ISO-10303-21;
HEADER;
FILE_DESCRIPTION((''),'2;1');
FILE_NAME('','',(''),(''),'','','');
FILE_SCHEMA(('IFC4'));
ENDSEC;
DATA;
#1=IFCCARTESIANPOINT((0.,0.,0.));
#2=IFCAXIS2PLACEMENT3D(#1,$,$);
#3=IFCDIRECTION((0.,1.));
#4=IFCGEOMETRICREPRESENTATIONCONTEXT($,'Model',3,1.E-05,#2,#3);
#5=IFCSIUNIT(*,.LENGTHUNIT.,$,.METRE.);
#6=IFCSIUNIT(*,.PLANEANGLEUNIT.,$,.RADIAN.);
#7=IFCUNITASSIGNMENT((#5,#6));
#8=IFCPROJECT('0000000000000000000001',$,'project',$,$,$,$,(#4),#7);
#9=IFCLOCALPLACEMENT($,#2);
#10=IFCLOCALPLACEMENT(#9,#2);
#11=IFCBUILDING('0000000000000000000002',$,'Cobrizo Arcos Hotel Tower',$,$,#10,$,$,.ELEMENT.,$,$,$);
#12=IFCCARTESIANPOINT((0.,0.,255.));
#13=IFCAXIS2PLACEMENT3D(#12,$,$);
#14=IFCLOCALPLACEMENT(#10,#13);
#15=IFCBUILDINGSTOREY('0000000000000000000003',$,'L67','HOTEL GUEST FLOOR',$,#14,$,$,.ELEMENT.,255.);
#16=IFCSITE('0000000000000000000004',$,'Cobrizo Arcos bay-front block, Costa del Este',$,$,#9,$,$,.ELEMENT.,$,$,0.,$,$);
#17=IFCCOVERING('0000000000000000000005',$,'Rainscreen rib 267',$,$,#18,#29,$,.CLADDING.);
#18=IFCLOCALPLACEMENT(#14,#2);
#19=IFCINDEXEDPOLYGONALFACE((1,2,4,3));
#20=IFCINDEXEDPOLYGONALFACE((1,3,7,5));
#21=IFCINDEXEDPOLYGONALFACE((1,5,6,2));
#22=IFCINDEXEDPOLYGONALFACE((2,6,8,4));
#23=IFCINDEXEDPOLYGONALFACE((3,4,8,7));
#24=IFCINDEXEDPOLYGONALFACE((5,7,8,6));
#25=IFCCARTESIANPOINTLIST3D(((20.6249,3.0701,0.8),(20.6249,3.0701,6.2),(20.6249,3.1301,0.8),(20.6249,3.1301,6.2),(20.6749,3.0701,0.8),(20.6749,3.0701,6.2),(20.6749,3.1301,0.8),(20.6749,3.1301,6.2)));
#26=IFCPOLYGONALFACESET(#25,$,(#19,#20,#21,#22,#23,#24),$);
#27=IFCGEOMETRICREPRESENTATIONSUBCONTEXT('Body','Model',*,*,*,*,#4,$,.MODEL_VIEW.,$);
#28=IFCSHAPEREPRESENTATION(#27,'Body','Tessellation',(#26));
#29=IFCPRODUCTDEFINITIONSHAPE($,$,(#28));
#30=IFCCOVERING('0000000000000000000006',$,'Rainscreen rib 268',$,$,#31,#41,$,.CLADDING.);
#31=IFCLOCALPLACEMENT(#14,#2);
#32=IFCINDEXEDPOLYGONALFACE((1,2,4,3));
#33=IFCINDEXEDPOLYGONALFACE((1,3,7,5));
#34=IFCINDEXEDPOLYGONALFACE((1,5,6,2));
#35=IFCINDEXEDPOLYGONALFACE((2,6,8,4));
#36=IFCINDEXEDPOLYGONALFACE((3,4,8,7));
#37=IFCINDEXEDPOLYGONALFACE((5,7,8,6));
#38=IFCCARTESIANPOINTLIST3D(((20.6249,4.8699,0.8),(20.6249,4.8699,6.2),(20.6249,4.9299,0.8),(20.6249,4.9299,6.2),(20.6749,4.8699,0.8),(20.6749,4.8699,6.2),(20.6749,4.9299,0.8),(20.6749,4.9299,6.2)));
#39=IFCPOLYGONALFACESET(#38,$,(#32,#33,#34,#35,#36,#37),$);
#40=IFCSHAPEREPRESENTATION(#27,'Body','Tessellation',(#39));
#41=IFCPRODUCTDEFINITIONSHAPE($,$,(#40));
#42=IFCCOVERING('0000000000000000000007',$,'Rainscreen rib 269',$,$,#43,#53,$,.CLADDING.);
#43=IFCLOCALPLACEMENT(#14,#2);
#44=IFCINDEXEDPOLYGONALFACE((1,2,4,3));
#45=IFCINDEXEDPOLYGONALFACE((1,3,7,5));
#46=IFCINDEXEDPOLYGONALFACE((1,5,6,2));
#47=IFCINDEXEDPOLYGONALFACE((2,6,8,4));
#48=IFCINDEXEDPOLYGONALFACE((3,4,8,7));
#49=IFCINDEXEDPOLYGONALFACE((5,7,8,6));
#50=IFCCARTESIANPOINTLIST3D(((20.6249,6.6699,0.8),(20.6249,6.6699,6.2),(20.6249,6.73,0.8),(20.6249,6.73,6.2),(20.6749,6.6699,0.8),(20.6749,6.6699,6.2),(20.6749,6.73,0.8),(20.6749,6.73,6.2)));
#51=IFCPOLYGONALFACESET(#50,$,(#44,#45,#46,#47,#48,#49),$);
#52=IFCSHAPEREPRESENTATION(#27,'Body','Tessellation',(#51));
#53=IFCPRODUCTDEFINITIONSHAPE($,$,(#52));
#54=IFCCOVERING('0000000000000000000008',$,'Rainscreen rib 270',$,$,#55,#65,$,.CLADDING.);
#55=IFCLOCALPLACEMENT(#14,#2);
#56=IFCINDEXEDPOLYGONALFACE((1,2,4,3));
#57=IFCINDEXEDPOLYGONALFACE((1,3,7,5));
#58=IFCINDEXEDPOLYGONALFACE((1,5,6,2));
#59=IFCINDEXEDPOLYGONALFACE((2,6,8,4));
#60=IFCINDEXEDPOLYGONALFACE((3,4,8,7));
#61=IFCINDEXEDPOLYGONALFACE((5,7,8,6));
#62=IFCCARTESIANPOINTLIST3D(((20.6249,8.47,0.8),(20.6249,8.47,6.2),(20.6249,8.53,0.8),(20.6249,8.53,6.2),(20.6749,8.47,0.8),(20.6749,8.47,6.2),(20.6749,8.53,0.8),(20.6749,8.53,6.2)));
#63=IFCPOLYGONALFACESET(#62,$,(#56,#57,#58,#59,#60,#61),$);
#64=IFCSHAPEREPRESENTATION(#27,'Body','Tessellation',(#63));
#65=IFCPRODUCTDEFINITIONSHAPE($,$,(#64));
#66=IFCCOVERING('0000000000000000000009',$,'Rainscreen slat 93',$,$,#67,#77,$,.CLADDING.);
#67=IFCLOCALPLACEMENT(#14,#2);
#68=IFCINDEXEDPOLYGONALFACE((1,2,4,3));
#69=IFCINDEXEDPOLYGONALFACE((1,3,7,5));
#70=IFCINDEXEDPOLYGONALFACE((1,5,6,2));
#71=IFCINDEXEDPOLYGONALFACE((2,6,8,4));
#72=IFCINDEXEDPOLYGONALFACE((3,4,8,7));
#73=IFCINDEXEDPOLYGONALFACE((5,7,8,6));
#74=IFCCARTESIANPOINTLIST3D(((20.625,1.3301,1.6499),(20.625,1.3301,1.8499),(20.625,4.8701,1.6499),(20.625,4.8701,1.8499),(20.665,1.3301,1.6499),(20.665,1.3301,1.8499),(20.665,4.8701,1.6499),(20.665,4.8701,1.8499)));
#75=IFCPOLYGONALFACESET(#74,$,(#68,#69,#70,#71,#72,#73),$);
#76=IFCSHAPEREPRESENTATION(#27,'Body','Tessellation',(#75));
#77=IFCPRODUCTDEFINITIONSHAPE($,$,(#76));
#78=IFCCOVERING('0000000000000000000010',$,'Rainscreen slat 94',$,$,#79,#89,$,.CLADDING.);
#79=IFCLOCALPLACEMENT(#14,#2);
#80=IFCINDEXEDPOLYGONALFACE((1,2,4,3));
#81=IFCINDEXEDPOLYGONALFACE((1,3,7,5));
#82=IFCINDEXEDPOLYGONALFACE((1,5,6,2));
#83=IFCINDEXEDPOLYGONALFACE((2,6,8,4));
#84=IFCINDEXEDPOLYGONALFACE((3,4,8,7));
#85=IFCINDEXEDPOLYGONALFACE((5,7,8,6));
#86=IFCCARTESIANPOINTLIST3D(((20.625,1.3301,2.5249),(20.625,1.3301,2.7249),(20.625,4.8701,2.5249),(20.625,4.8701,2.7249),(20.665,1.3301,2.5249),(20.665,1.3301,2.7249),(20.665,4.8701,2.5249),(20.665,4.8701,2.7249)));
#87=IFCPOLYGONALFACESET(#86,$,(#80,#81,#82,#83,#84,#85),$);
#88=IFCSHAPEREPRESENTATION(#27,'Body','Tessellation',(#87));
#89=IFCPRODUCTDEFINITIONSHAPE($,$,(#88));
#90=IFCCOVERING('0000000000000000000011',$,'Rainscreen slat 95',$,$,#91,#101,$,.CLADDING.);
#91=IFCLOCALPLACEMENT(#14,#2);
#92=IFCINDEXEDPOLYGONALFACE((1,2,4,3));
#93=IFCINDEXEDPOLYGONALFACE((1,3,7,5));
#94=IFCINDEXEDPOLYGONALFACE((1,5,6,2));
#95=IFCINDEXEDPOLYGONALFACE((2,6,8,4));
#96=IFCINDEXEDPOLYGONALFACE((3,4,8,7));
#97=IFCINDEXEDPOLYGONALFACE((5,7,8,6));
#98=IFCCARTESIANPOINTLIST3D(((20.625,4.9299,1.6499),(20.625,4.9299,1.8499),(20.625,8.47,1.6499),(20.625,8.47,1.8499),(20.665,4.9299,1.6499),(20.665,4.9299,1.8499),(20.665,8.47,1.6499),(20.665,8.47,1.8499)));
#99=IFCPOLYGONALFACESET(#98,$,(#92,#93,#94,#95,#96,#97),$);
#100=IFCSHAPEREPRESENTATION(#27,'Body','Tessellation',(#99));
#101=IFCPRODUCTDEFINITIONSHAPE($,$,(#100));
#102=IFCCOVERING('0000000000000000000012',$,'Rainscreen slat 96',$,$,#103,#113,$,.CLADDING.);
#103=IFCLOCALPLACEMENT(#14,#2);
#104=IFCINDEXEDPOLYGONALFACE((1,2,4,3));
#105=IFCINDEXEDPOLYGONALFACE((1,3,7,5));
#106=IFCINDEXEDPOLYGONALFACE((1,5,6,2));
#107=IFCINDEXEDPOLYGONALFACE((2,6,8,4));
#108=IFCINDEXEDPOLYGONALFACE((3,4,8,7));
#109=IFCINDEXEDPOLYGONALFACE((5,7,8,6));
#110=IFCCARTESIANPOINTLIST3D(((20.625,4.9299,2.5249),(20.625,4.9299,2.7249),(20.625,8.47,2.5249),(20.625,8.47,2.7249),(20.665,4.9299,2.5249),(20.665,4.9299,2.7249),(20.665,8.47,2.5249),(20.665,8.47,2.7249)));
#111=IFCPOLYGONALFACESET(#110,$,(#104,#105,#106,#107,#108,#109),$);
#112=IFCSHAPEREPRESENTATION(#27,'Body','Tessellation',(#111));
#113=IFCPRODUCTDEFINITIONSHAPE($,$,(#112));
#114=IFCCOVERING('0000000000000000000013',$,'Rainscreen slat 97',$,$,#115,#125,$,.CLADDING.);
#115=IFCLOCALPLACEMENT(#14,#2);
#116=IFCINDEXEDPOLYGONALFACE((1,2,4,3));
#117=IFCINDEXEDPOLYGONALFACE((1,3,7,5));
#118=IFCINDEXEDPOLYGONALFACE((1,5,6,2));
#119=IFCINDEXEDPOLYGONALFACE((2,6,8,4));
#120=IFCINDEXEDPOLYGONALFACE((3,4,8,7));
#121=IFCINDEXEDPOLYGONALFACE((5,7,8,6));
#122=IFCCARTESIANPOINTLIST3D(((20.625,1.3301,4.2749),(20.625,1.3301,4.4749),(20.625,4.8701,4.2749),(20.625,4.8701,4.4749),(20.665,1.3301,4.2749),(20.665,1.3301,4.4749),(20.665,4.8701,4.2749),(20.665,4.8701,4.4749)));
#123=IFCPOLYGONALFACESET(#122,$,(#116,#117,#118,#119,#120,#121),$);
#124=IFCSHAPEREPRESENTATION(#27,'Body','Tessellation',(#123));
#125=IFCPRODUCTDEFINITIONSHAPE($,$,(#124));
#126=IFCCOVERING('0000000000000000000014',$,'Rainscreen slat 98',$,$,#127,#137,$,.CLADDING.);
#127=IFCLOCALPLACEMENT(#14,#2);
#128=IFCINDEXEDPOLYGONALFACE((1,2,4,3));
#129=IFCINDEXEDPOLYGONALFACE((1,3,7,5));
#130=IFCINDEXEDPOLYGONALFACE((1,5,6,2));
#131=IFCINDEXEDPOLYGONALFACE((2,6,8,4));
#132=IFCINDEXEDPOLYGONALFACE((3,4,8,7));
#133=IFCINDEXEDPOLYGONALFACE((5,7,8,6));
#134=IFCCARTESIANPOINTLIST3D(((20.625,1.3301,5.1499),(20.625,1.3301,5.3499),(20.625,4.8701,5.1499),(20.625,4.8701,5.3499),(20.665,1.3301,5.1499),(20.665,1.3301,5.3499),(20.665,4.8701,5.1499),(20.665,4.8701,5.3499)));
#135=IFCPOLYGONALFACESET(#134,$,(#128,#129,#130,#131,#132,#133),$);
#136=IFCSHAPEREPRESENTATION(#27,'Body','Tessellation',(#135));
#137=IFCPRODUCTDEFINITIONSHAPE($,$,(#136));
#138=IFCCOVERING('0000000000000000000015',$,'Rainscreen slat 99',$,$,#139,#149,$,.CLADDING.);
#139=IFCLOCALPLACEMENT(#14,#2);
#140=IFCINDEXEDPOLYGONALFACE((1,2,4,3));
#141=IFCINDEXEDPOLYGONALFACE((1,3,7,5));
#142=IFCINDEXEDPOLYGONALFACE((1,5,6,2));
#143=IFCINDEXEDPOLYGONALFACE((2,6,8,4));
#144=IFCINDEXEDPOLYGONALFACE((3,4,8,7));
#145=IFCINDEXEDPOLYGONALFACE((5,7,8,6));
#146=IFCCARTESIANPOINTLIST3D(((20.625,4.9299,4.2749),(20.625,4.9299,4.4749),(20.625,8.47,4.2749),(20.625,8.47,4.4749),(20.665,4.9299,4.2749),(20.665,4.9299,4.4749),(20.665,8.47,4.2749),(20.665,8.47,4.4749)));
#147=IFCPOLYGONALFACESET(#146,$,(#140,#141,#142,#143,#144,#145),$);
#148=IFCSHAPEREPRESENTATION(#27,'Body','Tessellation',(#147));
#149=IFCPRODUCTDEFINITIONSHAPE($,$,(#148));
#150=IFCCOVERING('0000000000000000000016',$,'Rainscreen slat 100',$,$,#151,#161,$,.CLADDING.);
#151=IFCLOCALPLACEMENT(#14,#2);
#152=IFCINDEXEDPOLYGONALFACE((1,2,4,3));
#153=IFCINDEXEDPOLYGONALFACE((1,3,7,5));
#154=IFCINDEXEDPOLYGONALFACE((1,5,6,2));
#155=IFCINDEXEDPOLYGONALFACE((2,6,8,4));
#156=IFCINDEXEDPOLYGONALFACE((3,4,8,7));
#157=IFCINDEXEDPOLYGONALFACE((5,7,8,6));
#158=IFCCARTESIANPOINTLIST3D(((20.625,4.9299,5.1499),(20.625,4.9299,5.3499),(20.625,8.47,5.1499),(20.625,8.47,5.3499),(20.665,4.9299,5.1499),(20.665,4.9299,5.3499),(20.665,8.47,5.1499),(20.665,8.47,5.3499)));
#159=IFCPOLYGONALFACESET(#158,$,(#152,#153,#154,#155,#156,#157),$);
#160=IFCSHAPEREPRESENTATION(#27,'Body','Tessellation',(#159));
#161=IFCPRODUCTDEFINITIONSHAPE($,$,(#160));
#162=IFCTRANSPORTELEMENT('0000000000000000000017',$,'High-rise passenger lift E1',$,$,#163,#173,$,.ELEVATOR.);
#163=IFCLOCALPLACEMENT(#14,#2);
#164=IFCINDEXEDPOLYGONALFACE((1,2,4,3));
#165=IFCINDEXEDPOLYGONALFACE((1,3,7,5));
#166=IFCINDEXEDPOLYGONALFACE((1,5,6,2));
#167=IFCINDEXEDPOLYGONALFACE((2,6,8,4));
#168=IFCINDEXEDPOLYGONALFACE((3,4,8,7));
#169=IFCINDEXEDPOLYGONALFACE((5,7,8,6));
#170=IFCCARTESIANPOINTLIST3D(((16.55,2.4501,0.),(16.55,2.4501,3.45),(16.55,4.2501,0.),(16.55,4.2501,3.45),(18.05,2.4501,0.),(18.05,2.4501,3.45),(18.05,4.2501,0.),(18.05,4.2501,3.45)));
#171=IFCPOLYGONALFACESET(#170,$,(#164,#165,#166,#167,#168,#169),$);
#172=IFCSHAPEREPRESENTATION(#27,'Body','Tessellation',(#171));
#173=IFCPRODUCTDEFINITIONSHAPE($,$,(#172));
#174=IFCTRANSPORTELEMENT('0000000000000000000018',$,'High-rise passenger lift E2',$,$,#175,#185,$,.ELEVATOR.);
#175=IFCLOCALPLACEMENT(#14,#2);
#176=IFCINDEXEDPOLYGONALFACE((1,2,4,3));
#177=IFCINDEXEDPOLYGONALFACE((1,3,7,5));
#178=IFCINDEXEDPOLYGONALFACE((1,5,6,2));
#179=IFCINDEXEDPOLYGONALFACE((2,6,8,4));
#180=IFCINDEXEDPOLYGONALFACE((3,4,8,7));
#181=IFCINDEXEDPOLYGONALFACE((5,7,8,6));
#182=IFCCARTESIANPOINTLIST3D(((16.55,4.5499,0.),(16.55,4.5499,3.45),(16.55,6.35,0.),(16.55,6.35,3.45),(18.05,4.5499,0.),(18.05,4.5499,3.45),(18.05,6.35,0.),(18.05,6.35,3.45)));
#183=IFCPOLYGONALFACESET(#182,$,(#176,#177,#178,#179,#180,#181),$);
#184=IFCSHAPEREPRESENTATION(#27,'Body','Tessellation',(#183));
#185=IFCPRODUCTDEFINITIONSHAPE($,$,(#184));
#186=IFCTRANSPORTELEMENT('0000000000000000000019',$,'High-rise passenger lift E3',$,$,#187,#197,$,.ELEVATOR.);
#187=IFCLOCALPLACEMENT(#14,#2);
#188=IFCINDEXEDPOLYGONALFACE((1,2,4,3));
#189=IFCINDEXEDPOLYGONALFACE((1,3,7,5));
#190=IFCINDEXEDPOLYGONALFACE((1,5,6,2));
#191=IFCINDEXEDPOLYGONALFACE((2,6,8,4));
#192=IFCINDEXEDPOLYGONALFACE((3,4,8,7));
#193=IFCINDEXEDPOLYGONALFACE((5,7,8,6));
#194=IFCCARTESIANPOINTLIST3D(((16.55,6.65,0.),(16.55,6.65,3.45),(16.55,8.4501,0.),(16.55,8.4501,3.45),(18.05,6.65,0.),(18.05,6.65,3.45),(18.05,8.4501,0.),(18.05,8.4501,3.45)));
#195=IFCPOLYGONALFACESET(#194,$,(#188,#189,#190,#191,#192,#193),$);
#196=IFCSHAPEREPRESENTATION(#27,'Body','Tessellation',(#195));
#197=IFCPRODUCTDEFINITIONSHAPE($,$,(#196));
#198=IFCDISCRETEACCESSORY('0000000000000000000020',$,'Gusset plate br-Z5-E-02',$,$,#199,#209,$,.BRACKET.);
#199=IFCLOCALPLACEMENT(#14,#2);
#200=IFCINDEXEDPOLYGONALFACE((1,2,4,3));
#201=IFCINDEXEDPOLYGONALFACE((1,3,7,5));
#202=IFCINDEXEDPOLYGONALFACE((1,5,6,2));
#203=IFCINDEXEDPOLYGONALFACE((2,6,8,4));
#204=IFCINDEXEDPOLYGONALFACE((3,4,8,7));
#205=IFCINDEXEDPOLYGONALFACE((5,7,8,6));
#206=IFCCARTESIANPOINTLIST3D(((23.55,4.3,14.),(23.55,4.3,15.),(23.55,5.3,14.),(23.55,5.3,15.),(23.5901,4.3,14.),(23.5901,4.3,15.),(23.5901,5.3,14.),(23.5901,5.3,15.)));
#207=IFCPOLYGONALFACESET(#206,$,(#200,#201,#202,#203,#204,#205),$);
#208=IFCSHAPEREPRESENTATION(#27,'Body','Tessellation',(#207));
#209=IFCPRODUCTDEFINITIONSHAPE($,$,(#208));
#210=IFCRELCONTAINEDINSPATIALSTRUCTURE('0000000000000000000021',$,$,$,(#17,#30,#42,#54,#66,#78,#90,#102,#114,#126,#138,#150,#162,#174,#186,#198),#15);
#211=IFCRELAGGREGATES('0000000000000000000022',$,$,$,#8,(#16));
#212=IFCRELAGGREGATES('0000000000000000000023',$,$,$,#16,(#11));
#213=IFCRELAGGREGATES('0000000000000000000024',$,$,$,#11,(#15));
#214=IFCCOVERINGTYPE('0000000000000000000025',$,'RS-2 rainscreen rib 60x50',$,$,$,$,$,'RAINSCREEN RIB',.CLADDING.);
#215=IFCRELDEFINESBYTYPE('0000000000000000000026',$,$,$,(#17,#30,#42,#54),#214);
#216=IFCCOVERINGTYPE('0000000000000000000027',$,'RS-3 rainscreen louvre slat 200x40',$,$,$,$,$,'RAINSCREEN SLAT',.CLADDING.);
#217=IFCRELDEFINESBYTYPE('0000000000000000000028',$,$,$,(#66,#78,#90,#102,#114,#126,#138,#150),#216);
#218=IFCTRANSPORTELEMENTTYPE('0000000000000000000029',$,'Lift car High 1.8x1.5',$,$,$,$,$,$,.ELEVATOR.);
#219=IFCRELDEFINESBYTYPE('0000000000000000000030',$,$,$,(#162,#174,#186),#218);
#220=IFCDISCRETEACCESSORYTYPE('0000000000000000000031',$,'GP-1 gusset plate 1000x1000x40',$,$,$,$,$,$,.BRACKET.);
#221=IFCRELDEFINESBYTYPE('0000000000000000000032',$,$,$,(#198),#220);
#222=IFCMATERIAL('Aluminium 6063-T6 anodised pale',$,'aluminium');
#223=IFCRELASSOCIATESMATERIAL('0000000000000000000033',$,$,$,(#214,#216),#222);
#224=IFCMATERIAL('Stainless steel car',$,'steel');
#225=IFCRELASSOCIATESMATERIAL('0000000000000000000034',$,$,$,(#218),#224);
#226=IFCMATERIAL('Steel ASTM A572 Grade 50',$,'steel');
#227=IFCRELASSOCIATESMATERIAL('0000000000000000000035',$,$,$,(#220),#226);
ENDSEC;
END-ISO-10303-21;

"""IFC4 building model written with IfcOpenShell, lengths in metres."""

from ifc_helpers import new_model, si_unit, direction, frame, origin, origin_2d, place, context, subcontext, project, spatial, rectangle, extrude, material, type_object, element, save


model = new_model("IFC4")

# Units and contexts
model_context = context("Model", 3, precision=1e-05, world=origin(), true_north=direction((0.0, 1.0)))
body_context = subcontext(model_context, "Body", "Model", "MODEL_VIEW")
ifc_project = project(units=[si_unit("LENGTHUNIT", "METRE"), si_unit("PLANEANGLEUNIT", "RADIAN")], contexts=[model_context])

# Site, building, storey
site_placement = place(None, origin())
site = spatial("IfcSite", under=ifc_project, at=site_placement, Name="Cobrizo Arcos bay-front block, Costa del Este", CompositionType="ELEMENT", RefElevation=0.0)
building_placement = place(site_placement, origin())
building = spatial("IfcBuilding", under=site, at=building_placement, Name="Cobrizo Arcos Hotel Tower", CompositionType="ELEMENT")
storey_placement = place(building_placement, frame((0.0, 0.0, 255.0)))
storey = spatial("IfcBuildingStorey", under=building, at=storey_placement, Name="L67", Description="HOTEL GUEST FLOOR", CompositionType="ELEMENT", Elevation=255.0)

# Coverings
ifc_material_1 = material(Name="Aluminium 6063-T6 anodised pale", Category="aluminium")
covering_type_1 = type_object("IfcCoveringType", Name="RS-2 rainscreen rib 60x50", ElementType="RAINSCREEN RIB", PredefinedType="CLADDING", material=ifc_material_1)
for number, where, z_axis, x_axis, name in (
    (1, (20.6499, 3.1001, 0.8), (0.0, 0.0, 1.0), (0.0, 1.0, 0.0), "Rainscreen rib 267"),
    (2, (20.6499, 4.8999, 0.8), (0.0, 0.0, 1.0), (0.0, 1.0, 0.0), "Rainscreen rib 268"),
    (3, (20.6499, 6.7, 0.8), (0.0, 0.0, 1.0), (0.0, 1.0, 0.0), "Rainscreen rib 269"),
    (4, (20.6499, 8.5, 0.8), (0.0, 0.0, 1.0), (0.0, 1.0, 0.0), "Rainscreen rib 270"),
):
    element("IfcCovering", number, at=place(storey_placement, frame(where, z_axis=z_axis, x_axis=x_axis)), inside=storey, type_object=covering_type_1, Name=name, PredefinedType="CLADDING", context=body_context, shape_type="SweptSolid", body=[
        extrude(rectangle(XDim=0.0601, YDim=0.05, at=origin_2d()), origin(), (0.0, 0.0, 1.0), 5.3999),
    ])
covering_type_2 = type_object("IfcCoveringType", Name="RS-3 rainscreen louvre slat 200x40", ElementType="RAINSCREEN SLAT", PredefinedType="CLADDING", material=ifc_material_1)
for number, where, z_axis, x_axis, name in (
    (5, (20.645, 3.1001, 1.6499), (0.0, 0.0, 1.0), (0.0, 1.0, 0.0), "Rainscreen slat 93"),
    (6, (20.645, 3.1001, 2.5249), (0.0, 0.0, 1.0), (0.0, 1.0, 0.0), "Rainscreen slat 94"),
    (7, (20.645, 6.7, 1.6499), (0.0, 0.0, 1.0), (0.0, 1.0, 0.0), "Rainscreen slat 95"),
    (8, (20.645, 6.7, 2.5249), (0.0, 0.0, 1.0), (0.0, 1.0, 0.0), "Rainscreen slat 96"),
    (9, (20.645, 3.1001, 4.2749), (0.0, 0.0, 1.0), (0.0, 1.0, 0.0), "Rainscreen slat 97"),
    (10, (20.645, 3.1001, 5.1499), (0.0, 0.0, 1.0), (0.0, 1.0, 0.0), "Rainscreen slat 98"),
    (11, (20.645, 6.7, 4.2749), (0.0, 0.0, 1.0), (0.0, 1.0, 0.0), "Rainscreen slat 99"),
    (12, (20.645, 6.7, 5.1499), (0.0, 0.0, 1.0), (0.0, 1.0, 0.0), "Rainscreen slat 100"),
):
    element("IfcCovering", number, at=place(storey_placement, frame(where, z_axis=z_axis, x_axis=x_axis)), inside=storey, type_object=covering_type_2, Name=name, PredefinedType="CLADDING", context=body_context, shape_type="SweptSolid", body=[
        extrude(rectangle(XDim=3.54, YDim=0.04, at=origin_2d()), origin(), (0.0, 0.0, 1.0), 0.2),
    ])

# Transport elements
ifc_material_2 = material(Name="Stainless steel car", Category="steel")
transport_element_type = type_object("IfcTransportElementType", Name="Lift car High 1.8x1.5", PredefinedType="ELEVATOR", material=ifc_material_2)
for number, where, z_axis, x_axis, name in (
    (13, (17.3, 3.3501, 0.0), (0.0, 0.0, 1.0), (1.0, 0.0, 0.0), "High-rise passenger lift E1"),
    (14, (17.3, 5.45, 0.0), (0.0, 0.0, 1.0), (1.0, 0.0, 0.0), "High-rise passenger lift E2"),
    (15, (17.3, 7.55, 0.0), (0.0, 0.0, 1.0), (1.0, 0.0, 0.0), "High-rise passenger lift E3"),
):
    element("IfcTransportElement", number, at=place(storey_placement, frame(where, z_axis=z_axis, x_axis=x_axis)), inside=storey, type_object=transport_element_type, Name=name, PredefinedType="ELEVATOR", context=body_context, shape_type="SweptSolid", body=[
        extrude(rectangle(XDim=1.5, YDim=1.8, at=origin_2d()), origin(), (0.0, 0.0, 1.0), 3.45),
    ])

# Discrete accessory
ifc_material_3 = material(Name="Steel ASTM A572 Grade 50", Category="steel")
discrete_accessory_type = type_object("IfcDiscreteAccessoryType", Name="GP-1 gusset plate 1000x1000x40", PredefinedType="BRACKET", material=ifc_material_3)
discrete_accessory_placement = place(storey_placement, frame((23.5701, 4.8, 14.0), z_axis=(0.0, 0.0, 1.0), x_axis=(1.0, 0.0, 0.0)))
element("IfcDiscreteAccessory", 16, at=discrete_accessory_placement, inside=storey, type_object=discrete_accessory_type, Name="Gusset plate br-Z5-E-02", PredefinedType="BRACKET", context=body_context, shape_type="SweptSolid", body=[
    extrude(rectangle(XDim=0.04, YDim=1.0, at=origin_2d()), origin(), (0.0, 0.0, 1.0), 1.0),
])

save(model, "model.ifc")
